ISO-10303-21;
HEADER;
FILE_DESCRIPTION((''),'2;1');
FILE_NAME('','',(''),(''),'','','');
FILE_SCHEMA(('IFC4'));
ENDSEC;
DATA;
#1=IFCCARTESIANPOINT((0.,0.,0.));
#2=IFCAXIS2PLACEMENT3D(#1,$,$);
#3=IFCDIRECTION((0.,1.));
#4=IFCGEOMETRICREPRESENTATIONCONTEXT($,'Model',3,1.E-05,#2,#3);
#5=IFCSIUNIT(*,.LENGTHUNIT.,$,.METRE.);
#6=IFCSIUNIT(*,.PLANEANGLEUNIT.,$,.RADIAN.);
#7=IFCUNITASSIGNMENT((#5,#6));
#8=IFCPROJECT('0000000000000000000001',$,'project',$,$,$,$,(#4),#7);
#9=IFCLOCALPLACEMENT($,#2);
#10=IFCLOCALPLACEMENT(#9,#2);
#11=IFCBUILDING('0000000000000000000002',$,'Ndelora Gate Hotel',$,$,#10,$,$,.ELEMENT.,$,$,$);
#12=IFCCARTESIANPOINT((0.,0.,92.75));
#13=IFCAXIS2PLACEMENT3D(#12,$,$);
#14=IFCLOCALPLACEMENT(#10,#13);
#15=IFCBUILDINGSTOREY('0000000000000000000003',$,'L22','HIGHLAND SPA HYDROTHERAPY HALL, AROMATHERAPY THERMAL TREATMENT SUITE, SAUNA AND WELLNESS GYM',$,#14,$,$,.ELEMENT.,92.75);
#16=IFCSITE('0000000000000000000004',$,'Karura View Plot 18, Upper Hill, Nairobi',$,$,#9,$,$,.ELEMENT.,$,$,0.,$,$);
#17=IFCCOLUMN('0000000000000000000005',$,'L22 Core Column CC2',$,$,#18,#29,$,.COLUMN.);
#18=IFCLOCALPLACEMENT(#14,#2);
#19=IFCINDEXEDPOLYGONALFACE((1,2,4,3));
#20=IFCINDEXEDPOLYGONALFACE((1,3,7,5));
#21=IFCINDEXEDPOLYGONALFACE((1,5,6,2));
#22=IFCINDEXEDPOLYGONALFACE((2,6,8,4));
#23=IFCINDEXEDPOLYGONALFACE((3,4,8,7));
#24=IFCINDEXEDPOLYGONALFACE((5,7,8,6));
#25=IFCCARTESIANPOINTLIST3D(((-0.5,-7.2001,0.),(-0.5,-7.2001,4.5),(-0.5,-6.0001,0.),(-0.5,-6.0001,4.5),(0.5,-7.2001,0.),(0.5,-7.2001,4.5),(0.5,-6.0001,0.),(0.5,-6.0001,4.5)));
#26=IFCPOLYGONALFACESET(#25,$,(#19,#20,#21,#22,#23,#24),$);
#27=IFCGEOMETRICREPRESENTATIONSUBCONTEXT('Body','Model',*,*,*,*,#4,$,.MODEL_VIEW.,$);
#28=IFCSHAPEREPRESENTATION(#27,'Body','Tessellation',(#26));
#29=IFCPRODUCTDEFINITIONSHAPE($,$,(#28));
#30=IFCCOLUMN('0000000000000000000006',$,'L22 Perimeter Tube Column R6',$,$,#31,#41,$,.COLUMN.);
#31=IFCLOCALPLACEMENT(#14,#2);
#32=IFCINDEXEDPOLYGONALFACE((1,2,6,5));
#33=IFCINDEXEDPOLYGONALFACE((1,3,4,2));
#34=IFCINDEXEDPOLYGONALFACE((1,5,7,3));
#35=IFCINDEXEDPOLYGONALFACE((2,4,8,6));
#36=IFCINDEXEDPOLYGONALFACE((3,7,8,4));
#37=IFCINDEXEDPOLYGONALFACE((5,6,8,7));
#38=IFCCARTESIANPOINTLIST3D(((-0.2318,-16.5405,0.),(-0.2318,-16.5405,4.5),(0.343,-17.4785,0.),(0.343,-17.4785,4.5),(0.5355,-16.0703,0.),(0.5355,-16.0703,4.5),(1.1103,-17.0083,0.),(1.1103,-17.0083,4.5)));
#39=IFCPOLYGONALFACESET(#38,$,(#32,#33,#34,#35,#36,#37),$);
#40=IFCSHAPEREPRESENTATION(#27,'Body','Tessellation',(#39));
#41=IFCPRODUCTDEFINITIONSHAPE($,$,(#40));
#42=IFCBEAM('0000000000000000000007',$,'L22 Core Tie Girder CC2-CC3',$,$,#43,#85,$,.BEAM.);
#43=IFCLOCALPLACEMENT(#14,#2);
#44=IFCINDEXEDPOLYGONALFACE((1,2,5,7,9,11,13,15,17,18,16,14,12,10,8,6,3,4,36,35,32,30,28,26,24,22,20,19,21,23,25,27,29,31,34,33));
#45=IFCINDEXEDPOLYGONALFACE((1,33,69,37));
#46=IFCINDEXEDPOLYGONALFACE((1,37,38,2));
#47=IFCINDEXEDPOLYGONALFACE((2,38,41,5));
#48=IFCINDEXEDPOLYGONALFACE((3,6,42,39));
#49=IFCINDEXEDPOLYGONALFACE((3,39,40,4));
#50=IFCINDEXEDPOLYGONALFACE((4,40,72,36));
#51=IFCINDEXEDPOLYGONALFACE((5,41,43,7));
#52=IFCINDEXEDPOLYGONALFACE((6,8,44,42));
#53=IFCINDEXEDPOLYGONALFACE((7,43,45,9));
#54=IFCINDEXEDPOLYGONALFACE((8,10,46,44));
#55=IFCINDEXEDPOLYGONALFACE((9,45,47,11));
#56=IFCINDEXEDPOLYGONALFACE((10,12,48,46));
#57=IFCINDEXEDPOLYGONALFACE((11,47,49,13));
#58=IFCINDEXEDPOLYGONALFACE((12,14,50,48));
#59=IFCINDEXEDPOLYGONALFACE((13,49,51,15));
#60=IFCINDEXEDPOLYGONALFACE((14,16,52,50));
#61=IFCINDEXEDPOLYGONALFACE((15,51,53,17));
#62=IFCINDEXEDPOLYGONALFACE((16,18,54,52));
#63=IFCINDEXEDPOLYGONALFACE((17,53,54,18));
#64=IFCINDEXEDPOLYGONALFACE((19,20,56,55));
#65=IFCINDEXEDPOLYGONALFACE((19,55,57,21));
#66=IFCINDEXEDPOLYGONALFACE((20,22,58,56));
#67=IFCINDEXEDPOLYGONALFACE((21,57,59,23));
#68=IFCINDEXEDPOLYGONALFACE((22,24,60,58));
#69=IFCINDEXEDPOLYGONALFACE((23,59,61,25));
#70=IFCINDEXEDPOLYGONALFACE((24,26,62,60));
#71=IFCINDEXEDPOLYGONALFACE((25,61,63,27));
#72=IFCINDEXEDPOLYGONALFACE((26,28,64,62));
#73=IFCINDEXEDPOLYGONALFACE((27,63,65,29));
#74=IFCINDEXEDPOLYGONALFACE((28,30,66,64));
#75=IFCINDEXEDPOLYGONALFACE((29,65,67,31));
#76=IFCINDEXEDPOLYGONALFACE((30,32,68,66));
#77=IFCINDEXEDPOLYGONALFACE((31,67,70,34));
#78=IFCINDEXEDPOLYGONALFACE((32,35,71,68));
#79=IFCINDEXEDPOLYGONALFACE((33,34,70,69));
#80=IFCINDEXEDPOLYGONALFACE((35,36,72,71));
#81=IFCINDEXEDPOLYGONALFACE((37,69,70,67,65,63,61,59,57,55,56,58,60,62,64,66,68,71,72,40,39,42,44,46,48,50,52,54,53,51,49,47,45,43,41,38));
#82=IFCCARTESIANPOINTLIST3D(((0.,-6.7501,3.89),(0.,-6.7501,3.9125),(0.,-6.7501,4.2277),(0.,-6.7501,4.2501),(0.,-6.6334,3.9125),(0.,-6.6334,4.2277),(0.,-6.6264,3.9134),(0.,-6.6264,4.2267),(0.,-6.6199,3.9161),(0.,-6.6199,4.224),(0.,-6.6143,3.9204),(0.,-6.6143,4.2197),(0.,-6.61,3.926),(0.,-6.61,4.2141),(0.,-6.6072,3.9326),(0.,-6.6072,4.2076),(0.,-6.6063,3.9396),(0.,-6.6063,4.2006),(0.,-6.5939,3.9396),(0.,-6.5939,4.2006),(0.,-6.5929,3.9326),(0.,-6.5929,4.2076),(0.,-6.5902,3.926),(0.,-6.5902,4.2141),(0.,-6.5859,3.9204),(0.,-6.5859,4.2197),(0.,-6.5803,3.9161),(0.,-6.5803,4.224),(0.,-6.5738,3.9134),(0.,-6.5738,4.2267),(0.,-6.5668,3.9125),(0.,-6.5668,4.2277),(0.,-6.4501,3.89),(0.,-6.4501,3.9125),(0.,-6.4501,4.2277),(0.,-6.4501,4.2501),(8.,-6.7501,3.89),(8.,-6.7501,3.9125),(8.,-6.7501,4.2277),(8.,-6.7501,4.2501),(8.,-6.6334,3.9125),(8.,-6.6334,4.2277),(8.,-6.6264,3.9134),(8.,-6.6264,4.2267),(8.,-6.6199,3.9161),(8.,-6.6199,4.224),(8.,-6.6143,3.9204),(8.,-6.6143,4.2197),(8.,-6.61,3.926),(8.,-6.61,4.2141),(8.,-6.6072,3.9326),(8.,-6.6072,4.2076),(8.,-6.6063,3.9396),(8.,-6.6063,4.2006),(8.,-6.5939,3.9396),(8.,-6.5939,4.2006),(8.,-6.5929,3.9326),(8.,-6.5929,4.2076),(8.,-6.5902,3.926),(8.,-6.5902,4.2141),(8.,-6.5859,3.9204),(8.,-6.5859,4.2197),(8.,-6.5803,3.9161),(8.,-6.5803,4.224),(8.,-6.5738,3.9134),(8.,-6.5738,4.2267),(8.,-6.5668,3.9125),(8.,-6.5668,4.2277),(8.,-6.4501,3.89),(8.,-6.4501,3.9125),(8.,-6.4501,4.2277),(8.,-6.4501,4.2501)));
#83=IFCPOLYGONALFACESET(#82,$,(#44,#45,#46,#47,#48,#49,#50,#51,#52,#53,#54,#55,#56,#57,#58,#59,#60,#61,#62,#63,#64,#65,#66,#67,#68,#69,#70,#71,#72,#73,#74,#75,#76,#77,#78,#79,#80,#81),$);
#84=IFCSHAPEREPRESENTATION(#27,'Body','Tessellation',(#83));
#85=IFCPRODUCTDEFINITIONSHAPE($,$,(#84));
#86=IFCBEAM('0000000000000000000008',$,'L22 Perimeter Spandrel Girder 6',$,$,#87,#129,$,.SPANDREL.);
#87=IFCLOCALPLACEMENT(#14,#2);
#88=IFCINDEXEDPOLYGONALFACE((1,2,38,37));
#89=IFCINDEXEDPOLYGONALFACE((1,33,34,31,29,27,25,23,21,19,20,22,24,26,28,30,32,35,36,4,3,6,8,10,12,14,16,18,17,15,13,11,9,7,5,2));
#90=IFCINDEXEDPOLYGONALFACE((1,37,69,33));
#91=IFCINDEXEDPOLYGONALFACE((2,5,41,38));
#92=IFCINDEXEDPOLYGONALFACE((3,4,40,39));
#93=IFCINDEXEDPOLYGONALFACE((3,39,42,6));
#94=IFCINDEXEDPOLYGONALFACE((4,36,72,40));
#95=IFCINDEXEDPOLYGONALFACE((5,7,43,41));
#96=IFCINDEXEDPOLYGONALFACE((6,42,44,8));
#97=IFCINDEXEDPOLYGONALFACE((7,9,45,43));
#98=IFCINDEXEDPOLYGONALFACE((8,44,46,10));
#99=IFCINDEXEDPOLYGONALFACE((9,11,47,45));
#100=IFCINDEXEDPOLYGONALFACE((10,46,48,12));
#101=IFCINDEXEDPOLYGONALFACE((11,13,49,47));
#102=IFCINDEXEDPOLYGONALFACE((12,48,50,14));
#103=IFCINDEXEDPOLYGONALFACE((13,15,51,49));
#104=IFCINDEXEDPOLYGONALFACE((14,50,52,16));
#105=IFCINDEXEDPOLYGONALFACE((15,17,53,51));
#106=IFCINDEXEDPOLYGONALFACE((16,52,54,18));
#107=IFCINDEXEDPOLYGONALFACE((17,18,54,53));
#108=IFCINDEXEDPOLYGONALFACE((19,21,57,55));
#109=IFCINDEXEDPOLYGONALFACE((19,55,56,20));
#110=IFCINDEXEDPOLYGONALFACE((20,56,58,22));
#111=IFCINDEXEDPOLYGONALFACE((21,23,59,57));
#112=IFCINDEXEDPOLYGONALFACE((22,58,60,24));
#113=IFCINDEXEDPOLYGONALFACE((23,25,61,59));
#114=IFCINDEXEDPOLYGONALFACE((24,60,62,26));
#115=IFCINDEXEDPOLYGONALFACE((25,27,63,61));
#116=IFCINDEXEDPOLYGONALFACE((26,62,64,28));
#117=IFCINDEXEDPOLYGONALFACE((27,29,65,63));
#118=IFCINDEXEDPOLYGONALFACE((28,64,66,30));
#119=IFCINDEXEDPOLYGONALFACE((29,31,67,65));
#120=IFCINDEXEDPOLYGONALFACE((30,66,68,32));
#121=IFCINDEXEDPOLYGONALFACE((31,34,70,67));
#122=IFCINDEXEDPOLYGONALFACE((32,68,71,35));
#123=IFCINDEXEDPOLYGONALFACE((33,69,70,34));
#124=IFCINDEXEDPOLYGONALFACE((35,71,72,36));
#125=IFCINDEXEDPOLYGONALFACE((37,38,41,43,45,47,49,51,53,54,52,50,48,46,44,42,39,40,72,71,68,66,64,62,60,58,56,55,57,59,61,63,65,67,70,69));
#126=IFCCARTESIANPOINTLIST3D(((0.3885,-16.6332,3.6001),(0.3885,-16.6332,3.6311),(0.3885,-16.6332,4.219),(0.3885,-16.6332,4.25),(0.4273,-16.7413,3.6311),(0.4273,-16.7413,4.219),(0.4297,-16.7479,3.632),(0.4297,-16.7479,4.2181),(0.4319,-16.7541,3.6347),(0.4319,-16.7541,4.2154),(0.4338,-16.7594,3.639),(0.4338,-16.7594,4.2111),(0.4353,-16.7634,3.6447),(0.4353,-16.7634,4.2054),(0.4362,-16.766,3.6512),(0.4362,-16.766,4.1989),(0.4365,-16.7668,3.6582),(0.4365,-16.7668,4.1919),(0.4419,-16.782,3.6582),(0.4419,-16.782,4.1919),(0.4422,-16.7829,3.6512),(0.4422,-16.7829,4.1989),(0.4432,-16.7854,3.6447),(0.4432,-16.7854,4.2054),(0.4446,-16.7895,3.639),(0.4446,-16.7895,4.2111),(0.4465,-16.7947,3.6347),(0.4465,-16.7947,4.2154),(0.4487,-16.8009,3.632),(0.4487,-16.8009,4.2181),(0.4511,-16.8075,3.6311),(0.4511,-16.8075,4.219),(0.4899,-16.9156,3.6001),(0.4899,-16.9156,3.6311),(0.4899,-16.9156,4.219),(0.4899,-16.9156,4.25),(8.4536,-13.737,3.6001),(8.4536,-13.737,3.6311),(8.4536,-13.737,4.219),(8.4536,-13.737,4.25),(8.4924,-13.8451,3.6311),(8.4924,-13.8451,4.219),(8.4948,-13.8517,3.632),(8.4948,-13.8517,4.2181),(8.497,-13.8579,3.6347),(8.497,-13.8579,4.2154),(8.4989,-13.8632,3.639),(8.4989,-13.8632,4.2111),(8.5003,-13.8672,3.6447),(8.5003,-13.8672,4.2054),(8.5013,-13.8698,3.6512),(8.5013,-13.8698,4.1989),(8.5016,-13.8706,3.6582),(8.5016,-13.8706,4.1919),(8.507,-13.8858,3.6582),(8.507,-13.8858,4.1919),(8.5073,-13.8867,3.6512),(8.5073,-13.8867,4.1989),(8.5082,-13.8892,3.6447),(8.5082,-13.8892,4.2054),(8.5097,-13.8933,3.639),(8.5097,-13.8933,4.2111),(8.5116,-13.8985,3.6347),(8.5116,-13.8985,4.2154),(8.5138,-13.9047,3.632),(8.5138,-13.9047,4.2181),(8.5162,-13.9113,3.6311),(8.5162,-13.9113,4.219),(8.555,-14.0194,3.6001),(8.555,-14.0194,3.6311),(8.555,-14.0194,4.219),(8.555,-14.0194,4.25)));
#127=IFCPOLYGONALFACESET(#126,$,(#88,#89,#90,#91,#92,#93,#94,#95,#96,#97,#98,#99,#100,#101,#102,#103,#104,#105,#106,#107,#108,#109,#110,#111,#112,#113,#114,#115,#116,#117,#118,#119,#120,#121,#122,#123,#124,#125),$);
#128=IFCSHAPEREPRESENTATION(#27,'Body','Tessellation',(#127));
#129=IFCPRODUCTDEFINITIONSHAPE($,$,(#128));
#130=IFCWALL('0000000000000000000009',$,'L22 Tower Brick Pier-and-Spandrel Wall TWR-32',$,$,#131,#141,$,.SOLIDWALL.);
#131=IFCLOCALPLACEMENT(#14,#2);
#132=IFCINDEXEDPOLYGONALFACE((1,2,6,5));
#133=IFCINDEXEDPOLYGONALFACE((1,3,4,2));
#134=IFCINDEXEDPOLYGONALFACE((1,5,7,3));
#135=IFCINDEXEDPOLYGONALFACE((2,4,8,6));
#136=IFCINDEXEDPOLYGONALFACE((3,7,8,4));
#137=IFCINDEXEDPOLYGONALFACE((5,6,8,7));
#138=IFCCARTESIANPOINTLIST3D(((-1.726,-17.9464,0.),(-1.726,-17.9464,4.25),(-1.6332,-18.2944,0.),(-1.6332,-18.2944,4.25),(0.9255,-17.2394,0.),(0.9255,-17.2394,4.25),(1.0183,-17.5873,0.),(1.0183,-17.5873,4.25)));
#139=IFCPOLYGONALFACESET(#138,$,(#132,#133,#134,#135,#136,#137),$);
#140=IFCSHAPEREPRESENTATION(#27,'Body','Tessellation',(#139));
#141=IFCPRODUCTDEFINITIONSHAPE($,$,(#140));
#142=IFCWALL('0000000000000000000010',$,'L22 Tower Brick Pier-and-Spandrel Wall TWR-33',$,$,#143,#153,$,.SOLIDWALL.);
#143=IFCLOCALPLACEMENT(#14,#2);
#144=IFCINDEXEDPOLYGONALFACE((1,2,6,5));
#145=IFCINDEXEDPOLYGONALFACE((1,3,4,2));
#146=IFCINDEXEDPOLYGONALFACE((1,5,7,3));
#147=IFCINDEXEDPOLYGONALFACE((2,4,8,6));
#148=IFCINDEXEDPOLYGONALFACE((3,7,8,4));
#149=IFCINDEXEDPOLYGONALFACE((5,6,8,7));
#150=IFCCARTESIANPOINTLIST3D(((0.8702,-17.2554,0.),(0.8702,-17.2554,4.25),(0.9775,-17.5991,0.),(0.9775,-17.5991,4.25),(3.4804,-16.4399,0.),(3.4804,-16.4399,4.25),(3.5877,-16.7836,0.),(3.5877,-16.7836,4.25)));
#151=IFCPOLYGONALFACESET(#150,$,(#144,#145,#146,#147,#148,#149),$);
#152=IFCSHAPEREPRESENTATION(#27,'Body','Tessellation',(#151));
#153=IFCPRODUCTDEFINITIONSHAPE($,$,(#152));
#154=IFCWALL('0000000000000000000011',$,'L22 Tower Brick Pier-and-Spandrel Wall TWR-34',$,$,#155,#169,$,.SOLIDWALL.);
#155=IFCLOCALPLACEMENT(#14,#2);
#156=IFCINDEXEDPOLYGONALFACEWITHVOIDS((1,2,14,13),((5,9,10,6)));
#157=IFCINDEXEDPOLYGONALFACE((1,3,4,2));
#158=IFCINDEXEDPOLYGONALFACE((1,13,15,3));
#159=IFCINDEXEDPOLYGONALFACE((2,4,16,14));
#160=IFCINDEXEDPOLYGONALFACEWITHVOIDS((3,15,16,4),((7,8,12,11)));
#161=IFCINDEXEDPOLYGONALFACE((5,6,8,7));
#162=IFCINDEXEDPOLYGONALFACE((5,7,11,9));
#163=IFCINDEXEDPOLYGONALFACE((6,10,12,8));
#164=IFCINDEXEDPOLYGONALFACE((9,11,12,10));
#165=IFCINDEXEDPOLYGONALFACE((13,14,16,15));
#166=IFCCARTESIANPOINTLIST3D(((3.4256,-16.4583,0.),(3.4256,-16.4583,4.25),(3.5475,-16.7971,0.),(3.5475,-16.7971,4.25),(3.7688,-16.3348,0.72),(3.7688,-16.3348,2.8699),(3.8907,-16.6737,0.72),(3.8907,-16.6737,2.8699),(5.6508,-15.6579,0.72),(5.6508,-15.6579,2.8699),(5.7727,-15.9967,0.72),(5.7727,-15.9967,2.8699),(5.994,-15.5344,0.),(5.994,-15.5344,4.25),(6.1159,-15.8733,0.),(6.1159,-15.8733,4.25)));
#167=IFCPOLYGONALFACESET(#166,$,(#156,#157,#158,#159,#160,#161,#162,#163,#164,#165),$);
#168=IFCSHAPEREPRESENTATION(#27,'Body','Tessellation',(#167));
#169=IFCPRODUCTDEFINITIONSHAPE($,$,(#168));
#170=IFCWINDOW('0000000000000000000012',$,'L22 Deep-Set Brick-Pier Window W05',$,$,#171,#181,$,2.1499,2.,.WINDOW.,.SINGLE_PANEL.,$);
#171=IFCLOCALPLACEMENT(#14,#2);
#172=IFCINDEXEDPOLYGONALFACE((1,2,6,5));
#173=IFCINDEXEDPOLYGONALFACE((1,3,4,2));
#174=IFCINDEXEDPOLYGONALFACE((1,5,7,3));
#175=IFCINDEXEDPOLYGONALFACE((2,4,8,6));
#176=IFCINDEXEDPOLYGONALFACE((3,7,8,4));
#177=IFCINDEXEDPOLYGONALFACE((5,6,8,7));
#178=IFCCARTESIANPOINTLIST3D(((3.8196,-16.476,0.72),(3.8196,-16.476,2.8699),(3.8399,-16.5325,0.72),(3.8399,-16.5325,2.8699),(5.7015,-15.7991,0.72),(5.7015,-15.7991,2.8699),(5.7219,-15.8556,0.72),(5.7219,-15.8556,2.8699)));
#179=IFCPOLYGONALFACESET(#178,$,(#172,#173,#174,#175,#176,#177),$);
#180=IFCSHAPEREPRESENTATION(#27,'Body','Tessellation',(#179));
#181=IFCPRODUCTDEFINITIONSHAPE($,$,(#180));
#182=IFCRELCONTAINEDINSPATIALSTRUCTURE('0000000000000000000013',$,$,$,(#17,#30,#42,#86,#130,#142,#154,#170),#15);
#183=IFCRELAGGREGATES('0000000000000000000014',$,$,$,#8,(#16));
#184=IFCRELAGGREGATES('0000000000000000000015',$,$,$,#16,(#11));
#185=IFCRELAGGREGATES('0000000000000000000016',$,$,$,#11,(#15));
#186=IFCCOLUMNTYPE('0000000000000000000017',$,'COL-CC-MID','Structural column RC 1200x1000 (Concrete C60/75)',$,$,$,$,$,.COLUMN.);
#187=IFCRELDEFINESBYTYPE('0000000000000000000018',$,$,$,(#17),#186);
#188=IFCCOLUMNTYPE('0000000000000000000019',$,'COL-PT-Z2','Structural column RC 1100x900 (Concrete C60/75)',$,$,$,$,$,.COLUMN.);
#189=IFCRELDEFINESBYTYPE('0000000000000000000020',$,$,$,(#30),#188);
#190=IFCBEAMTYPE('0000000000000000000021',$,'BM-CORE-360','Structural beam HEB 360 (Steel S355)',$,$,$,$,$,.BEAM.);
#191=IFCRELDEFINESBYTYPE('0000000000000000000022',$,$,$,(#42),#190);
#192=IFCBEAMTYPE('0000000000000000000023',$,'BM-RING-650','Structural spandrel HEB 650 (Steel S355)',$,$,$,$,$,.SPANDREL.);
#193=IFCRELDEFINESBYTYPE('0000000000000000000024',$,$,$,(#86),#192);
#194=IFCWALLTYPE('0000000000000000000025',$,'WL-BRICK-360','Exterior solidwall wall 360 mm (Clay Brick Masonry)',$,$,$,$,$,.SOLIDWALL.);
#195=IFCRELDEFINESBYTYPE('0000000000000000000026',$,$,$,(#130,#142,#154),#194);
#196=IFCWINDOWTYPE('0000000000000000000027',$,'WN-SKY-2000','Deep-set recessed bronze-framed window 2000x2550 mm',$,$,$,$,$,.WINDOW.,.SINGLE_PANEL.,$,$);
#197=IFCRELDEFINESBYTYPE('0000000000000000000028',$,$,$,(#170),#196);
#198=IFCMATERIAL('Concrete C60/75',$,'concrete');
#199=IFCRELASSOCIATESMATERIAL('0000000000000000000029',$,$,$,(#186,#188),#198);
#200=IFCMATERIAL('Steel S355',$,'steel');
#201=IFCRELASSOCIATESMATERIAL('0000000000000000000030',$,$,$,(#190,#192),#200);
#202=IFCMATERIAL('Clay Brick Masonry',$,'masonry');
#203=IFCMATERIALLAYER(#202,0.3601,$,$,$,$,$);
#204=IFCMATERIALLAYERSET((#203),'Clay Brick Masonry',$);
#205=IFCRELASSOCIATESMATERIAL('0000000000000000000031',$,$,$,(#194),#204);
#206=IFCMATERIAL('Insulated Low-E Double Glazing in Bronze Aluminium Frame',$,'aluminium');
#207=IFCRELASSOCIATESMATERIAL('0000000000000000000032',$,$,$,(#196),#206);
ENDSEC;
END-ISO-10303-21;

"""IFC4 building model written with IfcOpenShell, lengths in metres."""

from ifc_helpers import new_model, si_unit, direction, frame, frame_2d, origin, origin_2d, place, context, subcontext, project, spatial, rectangle, i_section, extrude, material, layer, layer_set, material_profile, profile_set, type_object, element, fill, save


model = new_model("IFC4")

# Units and contexts
model_context = context("Model", 3, precision=1e-05, world=origin(), true_north=direction((0.0, 1.0)))
body_context = subcontext(model_context, "Body", "Model", "MODEL_VIEW")
ifc_project = project(units=[si_unit("LENGTHUNIT", "METRE"), si_unit("PLANEANGLEUNIT", "RADIAN")], contexts=[model_context])

# Site, building, storey
site_placement = place(None, origin())
site = spatial("IfcSite", under=ifc_project, at=site_placement, Name="Karura View Plot 18, Upper Hill, Nairobi", CompositionType="ELEMENT", RefElevation=0.0)
building_placement = place(site_placement, origin())
building = spatial("IfcBuilding", under=site, at=building_placement, Name="Ndelora Gate Hotel", CompositionType="ELEMENT")
storey_placement = place(building_placement, frame((0.0, 0.0, 92.75)))
storey = spatial("IfcBuildingStorey", under=building, at=storey_placement, Name="L22", Description="HIGHLAND SPA HYDROTHERAPY HALL, AROMATHERAPY THERMAL TREATMENT SUITE, SAUNA AND WELLNESS GYM", CompositionType="ELEMENT", Elevation=92.75)

# Columns
ifc_material_1 = material(Name="Concrete C60/75", Category="concrete")
ifc_material_profile_1 = material_profile(ifc_material_1, rectangle(XDim=1.0, YDim=1.2, at=origin_2d()), Name="RC 1200x1000")
ifc_profile_set_1 = profile_set([ifc_material_profile_1], Name="Concrete C60/75")
column_type_1 = type_object("IfcColumnType", Name="COL-CC-MID", Description="Structural column RC 1200x1000 (Concrete C60/75)", PredefinedType="COLUMN", material=ifc_profile_set_1)
column_1_placement = place(storey_placement, frame((0.0, -6.6001, 0.0), z_axis=(0.0, 0.0, 1.0), x_axis=(1.0, 0.0, 0.0)))
element("IfcColumn", 1, at=column_1_placement, inside=storey, type_object=column_type_1, Name="L22 Core Column CC2", PredefinedType="COLUMN", context=body_context, shape_type="SweptSolid", body=[
    extrude(rectangle(XDim=1.0, YDim=1.2, at=origin_2d()), origin(), (0.0, 0.0, 1.0), 4.5),
])
ifc_material_profile_2 = material_profile(ifc_material_1, rectangle(XDim=0.8999, YDim=1.1001, at=origin_2d()), Name="RC 1100x900")
ifc_profile_set_2 = profile_set([ifc_material_profile_2], Name="Concrete C60/75")
column_type_2 = type_object("IfcColumnType", Name="COL-PT-Z2", Description="Structural column RC 1100x900 (Concrete C60/75)", PredefinedType="COLUMN", material=ifc_profile_set_2)
column_2_placement = place(storey_placement, frame((0.4392, -16.7744, 0.0), z_axis=(0.0, 0.0, 1.0), x_axis=(0.85264, 0.522499, 0.0)))
element("IfcColumn", 2, at=column_2_placement, inside=storey, type_object=column_type_2, Name="L22 Perimeter Tube Column R6", PredefinedType="COLUMN", context=body_context, shape_type="SweptSolid", body=[
    extrude(rectangle(XDim=0.8999, YDim=1.1001, at=origin_2d()), origin(), (0.0, 0.0, 1.0), 4.5),
])

# Beams
ifc_material_2 = material(Name="Steel S355", Category="steel")
ifc_material_profile_3 = material_profile(ifc_material_2, i_section(OverallWidth=0.3, OverallDepth=0.3601, WebThickness=0.0125, FlangeThickness=0.0225, FilletRadius=0.0271, at=origin_2d()), Name="HEB 360")
ifc_profile_set_3 = profile_set([ifc_material_profile_3], Name="Steel S355")
beam_type_1 = type_object("IfcBeamType", Name="BM-CORE-360", Description="Structural beam HEB 360 (Steel S355)", PredefinedType="BEAM", material=ifc_profile_set_3)
beam_1_placement = place(storey_placement, frame((0.0, -6.6001, 4.0701), z_axis=(1.0, 0.0, 0.0), x_axis=(0.0, 1.0, 0.0)))
element("IfcBeam", 3, at=beam_1_placement, inside=storey, type_object=beam_type_1, Name="L22 Core Tie Girder CC2-CC3", PredefinedType="BEAM", context=body_context, shape_type="SweptSolid", body=[
    extrude(i_section(OverallWidth=0.3, OverallDepth=0.3601, WebThickness=0.0125, FlangeThickness=0.0225, FilletRadius=0.0271, at=origin_2d()), origin(), (0.0, 0.0, 1.0), 8.0),
])
ifc_material_profile_4 = material_profile(ifc_material_2, i_section(OverallWidth=0.3, OverallDepth=0.6499, WebThickness=0.0161, FlangeThickness=0.031, FilletRadius=0.0271, at=origin_2d()), Name="HEB 650")
ifc_profile_set_4 = profile_set([ifc_material_profile_4], Name="Steel S355")
beam_type_2 = type_object("IfcBeamType", Name="BM-RING-650", Description="Structural spandrel HEB 650 (Steel S355)", PredefinedType="SPANDREL", material=ifc_profile_set_4)
beam_2_placement = place(storey_placement, frame((0.4392, -16.7744, 3.925), z_axis=(0.941156, 0.337973, 0.0), x_axis=(-0.337973, 0.941156, 0.0)))
element("IfcBeam", 4, at=beam_2_placement, inside=storey, type_object=beam_type_2, Name="L22 Perimeter Spandrel Girder 6", PredefinedType="SPANDREL", context=body_context, shape_type="SweptSolid", body=[
    extrude(i_section(OverallWidth=0.3, OverallDepth=0.6499, WebThickness=0.0161, FlangeThickness=0.031, FilletRadius=0.0271, at=origin_2d()), origin(), (0.0, 0.0, 1.0), 8.5693),
])

# Walls
ifc_material_3 = material(Name="Clay Brick Masonry", Category="masonry")
ifc_layer_1 = layer(ifc_material_3, 0.3601)
ifc_layer_set_1 = layer_set([ifc_layer_1], Name="Clay Brick Masonry")
wall_type_1 = type_object("IfcWallType", Name="WL-BRICK-360", Description="Exterior solidwall wall 360 mm (Clay Brick Masonry)", PredefinedType="SOLIDWALL", material=ifc_layer_set_1)
wall_1_placement = place(storey_placement, frame((0.9719, -17.4133, 0.0), z_axis=(0.0, 0.0, 1.0), x_axis=(-0.966235, -0.257663, 0.0)))
element("IfcWall", 5, at=wall_1_placement, inside=storey, type_object=wall_type_1, Name="L22 Tower Brick Pier-and-Spandrel Wall TWR-32", PredefinedType="SOLIDWALL", context=body_context, shape_type="SweptSolid", body=[
    extrude(rectangle(XDim=2.7441, YDim=0.3601, at=frame_2d((1.3721, 0.0))), origin(), (0.0, 0.0, 1.0), 4.25),
])
wall_2_placement = place(storey_placement, frame((3.5339, -16.6118, 0.0), z_axis=(0.0, 0.0, 1.0), x_axis=(-0.954504, -0.298199, 0.0)))
element("IfcWall", 6, at=wall_2_placement, inside=storey, type_object=wall_type_1, Name="L22 Tower Brick Pier-and-Spandrel Wall TWR-33", PredefinedType="SOLIDWALL", context=body_context, shape_type="SweptSolid", body=[
    extrude(rectangle(XDim=2.7346, YDim=0.3601, at=frame_2d((1.3672, 0.0))), origin(), (0.0, 0.0, 1.0), 4.25),
])

# Wall, opening, window
wall_3_placement = place(storey_placement, frame((6.0549, -15.7039, 0.0), z_axis=(0.0, 0.0, 1.0), x_axis=(-0.940979, -0.338466, 0.0)))
wall_3 = element("IfcWall", 7, at=wall_3_placement, inside=storey, type_object=wall_type_1, Name="L22 Tower Brick Pier-and-Spandrel Wall TWR-34", PredefinedType="SOLIDWALL", context=body_context, shape_type="SweptSolid", body=[
    extrude(rectangle(XDim=2.7295, YDim=0.3601, at=frame_2d((1.3647, 0.0))), origin(), (0.0, 0.0, 1.0), 4.25),
])
opening_1_placement = place(wall_3_placement, frame((0.3647, 0.0, 0.72)))
opening_1 = element("IfcOpeningElement", 8, at=opening_1_placement, cuts=wall_3, PredefinedType="OPENING", context=body_context, shape_type="SweptSolid", body=[
    extrude(rectangle(XDim=2.0, YDim=2.1499, at=frame_2d((1.0, 1.075))), frame((0.0, 0.1899, 0.0), z_axis=(0.0, -1.0, 0.0), x_axis=(1.0, 0.0, 0.0)), (0.0, 0.0, 1.0), 0.3801),
])
ifc_material_4 = material(Name="Insulated Low-E Double Glazing in Bronze Aluminium Frame", Category="aluminium")
window_type = type_object("IfcWindowType", Name="WN-SKY-2000", Description="Deep-set recessed bronze-framed window 2000x2550 mm", PartitioningType="SINGLE_PANEL", PredefinedType="WINDOW", material=ifc_material_4)
window_placement = place(opening_1_placement, origin())
window = element("IfcWindow", 9, at=window_placement, inside=storey, type_object=window_type, Name="L22 Deep-Set Brick-Pier Window W05", OverallHeight=2.1499, OverallWidth=2.0, PartitioningType="SINGLE_PANEL", PredefinedType="WINDOW", context=body_context, shape_type="SweptSolid", body=[
    extrude(rectangle(XDim=2.0, YDim=2.1499, at=frame_2d((1.0, 1.075))), frame((0.0, 0.03, 0.0), z_axis=(0.0, -1.0, 0.0), x_axis=(1.0, 0.0, 0.0)), (0.0, 0.0, 1.0), 0.0601),
])
fill(opening_1, window)

save(model, "model.ifc")
